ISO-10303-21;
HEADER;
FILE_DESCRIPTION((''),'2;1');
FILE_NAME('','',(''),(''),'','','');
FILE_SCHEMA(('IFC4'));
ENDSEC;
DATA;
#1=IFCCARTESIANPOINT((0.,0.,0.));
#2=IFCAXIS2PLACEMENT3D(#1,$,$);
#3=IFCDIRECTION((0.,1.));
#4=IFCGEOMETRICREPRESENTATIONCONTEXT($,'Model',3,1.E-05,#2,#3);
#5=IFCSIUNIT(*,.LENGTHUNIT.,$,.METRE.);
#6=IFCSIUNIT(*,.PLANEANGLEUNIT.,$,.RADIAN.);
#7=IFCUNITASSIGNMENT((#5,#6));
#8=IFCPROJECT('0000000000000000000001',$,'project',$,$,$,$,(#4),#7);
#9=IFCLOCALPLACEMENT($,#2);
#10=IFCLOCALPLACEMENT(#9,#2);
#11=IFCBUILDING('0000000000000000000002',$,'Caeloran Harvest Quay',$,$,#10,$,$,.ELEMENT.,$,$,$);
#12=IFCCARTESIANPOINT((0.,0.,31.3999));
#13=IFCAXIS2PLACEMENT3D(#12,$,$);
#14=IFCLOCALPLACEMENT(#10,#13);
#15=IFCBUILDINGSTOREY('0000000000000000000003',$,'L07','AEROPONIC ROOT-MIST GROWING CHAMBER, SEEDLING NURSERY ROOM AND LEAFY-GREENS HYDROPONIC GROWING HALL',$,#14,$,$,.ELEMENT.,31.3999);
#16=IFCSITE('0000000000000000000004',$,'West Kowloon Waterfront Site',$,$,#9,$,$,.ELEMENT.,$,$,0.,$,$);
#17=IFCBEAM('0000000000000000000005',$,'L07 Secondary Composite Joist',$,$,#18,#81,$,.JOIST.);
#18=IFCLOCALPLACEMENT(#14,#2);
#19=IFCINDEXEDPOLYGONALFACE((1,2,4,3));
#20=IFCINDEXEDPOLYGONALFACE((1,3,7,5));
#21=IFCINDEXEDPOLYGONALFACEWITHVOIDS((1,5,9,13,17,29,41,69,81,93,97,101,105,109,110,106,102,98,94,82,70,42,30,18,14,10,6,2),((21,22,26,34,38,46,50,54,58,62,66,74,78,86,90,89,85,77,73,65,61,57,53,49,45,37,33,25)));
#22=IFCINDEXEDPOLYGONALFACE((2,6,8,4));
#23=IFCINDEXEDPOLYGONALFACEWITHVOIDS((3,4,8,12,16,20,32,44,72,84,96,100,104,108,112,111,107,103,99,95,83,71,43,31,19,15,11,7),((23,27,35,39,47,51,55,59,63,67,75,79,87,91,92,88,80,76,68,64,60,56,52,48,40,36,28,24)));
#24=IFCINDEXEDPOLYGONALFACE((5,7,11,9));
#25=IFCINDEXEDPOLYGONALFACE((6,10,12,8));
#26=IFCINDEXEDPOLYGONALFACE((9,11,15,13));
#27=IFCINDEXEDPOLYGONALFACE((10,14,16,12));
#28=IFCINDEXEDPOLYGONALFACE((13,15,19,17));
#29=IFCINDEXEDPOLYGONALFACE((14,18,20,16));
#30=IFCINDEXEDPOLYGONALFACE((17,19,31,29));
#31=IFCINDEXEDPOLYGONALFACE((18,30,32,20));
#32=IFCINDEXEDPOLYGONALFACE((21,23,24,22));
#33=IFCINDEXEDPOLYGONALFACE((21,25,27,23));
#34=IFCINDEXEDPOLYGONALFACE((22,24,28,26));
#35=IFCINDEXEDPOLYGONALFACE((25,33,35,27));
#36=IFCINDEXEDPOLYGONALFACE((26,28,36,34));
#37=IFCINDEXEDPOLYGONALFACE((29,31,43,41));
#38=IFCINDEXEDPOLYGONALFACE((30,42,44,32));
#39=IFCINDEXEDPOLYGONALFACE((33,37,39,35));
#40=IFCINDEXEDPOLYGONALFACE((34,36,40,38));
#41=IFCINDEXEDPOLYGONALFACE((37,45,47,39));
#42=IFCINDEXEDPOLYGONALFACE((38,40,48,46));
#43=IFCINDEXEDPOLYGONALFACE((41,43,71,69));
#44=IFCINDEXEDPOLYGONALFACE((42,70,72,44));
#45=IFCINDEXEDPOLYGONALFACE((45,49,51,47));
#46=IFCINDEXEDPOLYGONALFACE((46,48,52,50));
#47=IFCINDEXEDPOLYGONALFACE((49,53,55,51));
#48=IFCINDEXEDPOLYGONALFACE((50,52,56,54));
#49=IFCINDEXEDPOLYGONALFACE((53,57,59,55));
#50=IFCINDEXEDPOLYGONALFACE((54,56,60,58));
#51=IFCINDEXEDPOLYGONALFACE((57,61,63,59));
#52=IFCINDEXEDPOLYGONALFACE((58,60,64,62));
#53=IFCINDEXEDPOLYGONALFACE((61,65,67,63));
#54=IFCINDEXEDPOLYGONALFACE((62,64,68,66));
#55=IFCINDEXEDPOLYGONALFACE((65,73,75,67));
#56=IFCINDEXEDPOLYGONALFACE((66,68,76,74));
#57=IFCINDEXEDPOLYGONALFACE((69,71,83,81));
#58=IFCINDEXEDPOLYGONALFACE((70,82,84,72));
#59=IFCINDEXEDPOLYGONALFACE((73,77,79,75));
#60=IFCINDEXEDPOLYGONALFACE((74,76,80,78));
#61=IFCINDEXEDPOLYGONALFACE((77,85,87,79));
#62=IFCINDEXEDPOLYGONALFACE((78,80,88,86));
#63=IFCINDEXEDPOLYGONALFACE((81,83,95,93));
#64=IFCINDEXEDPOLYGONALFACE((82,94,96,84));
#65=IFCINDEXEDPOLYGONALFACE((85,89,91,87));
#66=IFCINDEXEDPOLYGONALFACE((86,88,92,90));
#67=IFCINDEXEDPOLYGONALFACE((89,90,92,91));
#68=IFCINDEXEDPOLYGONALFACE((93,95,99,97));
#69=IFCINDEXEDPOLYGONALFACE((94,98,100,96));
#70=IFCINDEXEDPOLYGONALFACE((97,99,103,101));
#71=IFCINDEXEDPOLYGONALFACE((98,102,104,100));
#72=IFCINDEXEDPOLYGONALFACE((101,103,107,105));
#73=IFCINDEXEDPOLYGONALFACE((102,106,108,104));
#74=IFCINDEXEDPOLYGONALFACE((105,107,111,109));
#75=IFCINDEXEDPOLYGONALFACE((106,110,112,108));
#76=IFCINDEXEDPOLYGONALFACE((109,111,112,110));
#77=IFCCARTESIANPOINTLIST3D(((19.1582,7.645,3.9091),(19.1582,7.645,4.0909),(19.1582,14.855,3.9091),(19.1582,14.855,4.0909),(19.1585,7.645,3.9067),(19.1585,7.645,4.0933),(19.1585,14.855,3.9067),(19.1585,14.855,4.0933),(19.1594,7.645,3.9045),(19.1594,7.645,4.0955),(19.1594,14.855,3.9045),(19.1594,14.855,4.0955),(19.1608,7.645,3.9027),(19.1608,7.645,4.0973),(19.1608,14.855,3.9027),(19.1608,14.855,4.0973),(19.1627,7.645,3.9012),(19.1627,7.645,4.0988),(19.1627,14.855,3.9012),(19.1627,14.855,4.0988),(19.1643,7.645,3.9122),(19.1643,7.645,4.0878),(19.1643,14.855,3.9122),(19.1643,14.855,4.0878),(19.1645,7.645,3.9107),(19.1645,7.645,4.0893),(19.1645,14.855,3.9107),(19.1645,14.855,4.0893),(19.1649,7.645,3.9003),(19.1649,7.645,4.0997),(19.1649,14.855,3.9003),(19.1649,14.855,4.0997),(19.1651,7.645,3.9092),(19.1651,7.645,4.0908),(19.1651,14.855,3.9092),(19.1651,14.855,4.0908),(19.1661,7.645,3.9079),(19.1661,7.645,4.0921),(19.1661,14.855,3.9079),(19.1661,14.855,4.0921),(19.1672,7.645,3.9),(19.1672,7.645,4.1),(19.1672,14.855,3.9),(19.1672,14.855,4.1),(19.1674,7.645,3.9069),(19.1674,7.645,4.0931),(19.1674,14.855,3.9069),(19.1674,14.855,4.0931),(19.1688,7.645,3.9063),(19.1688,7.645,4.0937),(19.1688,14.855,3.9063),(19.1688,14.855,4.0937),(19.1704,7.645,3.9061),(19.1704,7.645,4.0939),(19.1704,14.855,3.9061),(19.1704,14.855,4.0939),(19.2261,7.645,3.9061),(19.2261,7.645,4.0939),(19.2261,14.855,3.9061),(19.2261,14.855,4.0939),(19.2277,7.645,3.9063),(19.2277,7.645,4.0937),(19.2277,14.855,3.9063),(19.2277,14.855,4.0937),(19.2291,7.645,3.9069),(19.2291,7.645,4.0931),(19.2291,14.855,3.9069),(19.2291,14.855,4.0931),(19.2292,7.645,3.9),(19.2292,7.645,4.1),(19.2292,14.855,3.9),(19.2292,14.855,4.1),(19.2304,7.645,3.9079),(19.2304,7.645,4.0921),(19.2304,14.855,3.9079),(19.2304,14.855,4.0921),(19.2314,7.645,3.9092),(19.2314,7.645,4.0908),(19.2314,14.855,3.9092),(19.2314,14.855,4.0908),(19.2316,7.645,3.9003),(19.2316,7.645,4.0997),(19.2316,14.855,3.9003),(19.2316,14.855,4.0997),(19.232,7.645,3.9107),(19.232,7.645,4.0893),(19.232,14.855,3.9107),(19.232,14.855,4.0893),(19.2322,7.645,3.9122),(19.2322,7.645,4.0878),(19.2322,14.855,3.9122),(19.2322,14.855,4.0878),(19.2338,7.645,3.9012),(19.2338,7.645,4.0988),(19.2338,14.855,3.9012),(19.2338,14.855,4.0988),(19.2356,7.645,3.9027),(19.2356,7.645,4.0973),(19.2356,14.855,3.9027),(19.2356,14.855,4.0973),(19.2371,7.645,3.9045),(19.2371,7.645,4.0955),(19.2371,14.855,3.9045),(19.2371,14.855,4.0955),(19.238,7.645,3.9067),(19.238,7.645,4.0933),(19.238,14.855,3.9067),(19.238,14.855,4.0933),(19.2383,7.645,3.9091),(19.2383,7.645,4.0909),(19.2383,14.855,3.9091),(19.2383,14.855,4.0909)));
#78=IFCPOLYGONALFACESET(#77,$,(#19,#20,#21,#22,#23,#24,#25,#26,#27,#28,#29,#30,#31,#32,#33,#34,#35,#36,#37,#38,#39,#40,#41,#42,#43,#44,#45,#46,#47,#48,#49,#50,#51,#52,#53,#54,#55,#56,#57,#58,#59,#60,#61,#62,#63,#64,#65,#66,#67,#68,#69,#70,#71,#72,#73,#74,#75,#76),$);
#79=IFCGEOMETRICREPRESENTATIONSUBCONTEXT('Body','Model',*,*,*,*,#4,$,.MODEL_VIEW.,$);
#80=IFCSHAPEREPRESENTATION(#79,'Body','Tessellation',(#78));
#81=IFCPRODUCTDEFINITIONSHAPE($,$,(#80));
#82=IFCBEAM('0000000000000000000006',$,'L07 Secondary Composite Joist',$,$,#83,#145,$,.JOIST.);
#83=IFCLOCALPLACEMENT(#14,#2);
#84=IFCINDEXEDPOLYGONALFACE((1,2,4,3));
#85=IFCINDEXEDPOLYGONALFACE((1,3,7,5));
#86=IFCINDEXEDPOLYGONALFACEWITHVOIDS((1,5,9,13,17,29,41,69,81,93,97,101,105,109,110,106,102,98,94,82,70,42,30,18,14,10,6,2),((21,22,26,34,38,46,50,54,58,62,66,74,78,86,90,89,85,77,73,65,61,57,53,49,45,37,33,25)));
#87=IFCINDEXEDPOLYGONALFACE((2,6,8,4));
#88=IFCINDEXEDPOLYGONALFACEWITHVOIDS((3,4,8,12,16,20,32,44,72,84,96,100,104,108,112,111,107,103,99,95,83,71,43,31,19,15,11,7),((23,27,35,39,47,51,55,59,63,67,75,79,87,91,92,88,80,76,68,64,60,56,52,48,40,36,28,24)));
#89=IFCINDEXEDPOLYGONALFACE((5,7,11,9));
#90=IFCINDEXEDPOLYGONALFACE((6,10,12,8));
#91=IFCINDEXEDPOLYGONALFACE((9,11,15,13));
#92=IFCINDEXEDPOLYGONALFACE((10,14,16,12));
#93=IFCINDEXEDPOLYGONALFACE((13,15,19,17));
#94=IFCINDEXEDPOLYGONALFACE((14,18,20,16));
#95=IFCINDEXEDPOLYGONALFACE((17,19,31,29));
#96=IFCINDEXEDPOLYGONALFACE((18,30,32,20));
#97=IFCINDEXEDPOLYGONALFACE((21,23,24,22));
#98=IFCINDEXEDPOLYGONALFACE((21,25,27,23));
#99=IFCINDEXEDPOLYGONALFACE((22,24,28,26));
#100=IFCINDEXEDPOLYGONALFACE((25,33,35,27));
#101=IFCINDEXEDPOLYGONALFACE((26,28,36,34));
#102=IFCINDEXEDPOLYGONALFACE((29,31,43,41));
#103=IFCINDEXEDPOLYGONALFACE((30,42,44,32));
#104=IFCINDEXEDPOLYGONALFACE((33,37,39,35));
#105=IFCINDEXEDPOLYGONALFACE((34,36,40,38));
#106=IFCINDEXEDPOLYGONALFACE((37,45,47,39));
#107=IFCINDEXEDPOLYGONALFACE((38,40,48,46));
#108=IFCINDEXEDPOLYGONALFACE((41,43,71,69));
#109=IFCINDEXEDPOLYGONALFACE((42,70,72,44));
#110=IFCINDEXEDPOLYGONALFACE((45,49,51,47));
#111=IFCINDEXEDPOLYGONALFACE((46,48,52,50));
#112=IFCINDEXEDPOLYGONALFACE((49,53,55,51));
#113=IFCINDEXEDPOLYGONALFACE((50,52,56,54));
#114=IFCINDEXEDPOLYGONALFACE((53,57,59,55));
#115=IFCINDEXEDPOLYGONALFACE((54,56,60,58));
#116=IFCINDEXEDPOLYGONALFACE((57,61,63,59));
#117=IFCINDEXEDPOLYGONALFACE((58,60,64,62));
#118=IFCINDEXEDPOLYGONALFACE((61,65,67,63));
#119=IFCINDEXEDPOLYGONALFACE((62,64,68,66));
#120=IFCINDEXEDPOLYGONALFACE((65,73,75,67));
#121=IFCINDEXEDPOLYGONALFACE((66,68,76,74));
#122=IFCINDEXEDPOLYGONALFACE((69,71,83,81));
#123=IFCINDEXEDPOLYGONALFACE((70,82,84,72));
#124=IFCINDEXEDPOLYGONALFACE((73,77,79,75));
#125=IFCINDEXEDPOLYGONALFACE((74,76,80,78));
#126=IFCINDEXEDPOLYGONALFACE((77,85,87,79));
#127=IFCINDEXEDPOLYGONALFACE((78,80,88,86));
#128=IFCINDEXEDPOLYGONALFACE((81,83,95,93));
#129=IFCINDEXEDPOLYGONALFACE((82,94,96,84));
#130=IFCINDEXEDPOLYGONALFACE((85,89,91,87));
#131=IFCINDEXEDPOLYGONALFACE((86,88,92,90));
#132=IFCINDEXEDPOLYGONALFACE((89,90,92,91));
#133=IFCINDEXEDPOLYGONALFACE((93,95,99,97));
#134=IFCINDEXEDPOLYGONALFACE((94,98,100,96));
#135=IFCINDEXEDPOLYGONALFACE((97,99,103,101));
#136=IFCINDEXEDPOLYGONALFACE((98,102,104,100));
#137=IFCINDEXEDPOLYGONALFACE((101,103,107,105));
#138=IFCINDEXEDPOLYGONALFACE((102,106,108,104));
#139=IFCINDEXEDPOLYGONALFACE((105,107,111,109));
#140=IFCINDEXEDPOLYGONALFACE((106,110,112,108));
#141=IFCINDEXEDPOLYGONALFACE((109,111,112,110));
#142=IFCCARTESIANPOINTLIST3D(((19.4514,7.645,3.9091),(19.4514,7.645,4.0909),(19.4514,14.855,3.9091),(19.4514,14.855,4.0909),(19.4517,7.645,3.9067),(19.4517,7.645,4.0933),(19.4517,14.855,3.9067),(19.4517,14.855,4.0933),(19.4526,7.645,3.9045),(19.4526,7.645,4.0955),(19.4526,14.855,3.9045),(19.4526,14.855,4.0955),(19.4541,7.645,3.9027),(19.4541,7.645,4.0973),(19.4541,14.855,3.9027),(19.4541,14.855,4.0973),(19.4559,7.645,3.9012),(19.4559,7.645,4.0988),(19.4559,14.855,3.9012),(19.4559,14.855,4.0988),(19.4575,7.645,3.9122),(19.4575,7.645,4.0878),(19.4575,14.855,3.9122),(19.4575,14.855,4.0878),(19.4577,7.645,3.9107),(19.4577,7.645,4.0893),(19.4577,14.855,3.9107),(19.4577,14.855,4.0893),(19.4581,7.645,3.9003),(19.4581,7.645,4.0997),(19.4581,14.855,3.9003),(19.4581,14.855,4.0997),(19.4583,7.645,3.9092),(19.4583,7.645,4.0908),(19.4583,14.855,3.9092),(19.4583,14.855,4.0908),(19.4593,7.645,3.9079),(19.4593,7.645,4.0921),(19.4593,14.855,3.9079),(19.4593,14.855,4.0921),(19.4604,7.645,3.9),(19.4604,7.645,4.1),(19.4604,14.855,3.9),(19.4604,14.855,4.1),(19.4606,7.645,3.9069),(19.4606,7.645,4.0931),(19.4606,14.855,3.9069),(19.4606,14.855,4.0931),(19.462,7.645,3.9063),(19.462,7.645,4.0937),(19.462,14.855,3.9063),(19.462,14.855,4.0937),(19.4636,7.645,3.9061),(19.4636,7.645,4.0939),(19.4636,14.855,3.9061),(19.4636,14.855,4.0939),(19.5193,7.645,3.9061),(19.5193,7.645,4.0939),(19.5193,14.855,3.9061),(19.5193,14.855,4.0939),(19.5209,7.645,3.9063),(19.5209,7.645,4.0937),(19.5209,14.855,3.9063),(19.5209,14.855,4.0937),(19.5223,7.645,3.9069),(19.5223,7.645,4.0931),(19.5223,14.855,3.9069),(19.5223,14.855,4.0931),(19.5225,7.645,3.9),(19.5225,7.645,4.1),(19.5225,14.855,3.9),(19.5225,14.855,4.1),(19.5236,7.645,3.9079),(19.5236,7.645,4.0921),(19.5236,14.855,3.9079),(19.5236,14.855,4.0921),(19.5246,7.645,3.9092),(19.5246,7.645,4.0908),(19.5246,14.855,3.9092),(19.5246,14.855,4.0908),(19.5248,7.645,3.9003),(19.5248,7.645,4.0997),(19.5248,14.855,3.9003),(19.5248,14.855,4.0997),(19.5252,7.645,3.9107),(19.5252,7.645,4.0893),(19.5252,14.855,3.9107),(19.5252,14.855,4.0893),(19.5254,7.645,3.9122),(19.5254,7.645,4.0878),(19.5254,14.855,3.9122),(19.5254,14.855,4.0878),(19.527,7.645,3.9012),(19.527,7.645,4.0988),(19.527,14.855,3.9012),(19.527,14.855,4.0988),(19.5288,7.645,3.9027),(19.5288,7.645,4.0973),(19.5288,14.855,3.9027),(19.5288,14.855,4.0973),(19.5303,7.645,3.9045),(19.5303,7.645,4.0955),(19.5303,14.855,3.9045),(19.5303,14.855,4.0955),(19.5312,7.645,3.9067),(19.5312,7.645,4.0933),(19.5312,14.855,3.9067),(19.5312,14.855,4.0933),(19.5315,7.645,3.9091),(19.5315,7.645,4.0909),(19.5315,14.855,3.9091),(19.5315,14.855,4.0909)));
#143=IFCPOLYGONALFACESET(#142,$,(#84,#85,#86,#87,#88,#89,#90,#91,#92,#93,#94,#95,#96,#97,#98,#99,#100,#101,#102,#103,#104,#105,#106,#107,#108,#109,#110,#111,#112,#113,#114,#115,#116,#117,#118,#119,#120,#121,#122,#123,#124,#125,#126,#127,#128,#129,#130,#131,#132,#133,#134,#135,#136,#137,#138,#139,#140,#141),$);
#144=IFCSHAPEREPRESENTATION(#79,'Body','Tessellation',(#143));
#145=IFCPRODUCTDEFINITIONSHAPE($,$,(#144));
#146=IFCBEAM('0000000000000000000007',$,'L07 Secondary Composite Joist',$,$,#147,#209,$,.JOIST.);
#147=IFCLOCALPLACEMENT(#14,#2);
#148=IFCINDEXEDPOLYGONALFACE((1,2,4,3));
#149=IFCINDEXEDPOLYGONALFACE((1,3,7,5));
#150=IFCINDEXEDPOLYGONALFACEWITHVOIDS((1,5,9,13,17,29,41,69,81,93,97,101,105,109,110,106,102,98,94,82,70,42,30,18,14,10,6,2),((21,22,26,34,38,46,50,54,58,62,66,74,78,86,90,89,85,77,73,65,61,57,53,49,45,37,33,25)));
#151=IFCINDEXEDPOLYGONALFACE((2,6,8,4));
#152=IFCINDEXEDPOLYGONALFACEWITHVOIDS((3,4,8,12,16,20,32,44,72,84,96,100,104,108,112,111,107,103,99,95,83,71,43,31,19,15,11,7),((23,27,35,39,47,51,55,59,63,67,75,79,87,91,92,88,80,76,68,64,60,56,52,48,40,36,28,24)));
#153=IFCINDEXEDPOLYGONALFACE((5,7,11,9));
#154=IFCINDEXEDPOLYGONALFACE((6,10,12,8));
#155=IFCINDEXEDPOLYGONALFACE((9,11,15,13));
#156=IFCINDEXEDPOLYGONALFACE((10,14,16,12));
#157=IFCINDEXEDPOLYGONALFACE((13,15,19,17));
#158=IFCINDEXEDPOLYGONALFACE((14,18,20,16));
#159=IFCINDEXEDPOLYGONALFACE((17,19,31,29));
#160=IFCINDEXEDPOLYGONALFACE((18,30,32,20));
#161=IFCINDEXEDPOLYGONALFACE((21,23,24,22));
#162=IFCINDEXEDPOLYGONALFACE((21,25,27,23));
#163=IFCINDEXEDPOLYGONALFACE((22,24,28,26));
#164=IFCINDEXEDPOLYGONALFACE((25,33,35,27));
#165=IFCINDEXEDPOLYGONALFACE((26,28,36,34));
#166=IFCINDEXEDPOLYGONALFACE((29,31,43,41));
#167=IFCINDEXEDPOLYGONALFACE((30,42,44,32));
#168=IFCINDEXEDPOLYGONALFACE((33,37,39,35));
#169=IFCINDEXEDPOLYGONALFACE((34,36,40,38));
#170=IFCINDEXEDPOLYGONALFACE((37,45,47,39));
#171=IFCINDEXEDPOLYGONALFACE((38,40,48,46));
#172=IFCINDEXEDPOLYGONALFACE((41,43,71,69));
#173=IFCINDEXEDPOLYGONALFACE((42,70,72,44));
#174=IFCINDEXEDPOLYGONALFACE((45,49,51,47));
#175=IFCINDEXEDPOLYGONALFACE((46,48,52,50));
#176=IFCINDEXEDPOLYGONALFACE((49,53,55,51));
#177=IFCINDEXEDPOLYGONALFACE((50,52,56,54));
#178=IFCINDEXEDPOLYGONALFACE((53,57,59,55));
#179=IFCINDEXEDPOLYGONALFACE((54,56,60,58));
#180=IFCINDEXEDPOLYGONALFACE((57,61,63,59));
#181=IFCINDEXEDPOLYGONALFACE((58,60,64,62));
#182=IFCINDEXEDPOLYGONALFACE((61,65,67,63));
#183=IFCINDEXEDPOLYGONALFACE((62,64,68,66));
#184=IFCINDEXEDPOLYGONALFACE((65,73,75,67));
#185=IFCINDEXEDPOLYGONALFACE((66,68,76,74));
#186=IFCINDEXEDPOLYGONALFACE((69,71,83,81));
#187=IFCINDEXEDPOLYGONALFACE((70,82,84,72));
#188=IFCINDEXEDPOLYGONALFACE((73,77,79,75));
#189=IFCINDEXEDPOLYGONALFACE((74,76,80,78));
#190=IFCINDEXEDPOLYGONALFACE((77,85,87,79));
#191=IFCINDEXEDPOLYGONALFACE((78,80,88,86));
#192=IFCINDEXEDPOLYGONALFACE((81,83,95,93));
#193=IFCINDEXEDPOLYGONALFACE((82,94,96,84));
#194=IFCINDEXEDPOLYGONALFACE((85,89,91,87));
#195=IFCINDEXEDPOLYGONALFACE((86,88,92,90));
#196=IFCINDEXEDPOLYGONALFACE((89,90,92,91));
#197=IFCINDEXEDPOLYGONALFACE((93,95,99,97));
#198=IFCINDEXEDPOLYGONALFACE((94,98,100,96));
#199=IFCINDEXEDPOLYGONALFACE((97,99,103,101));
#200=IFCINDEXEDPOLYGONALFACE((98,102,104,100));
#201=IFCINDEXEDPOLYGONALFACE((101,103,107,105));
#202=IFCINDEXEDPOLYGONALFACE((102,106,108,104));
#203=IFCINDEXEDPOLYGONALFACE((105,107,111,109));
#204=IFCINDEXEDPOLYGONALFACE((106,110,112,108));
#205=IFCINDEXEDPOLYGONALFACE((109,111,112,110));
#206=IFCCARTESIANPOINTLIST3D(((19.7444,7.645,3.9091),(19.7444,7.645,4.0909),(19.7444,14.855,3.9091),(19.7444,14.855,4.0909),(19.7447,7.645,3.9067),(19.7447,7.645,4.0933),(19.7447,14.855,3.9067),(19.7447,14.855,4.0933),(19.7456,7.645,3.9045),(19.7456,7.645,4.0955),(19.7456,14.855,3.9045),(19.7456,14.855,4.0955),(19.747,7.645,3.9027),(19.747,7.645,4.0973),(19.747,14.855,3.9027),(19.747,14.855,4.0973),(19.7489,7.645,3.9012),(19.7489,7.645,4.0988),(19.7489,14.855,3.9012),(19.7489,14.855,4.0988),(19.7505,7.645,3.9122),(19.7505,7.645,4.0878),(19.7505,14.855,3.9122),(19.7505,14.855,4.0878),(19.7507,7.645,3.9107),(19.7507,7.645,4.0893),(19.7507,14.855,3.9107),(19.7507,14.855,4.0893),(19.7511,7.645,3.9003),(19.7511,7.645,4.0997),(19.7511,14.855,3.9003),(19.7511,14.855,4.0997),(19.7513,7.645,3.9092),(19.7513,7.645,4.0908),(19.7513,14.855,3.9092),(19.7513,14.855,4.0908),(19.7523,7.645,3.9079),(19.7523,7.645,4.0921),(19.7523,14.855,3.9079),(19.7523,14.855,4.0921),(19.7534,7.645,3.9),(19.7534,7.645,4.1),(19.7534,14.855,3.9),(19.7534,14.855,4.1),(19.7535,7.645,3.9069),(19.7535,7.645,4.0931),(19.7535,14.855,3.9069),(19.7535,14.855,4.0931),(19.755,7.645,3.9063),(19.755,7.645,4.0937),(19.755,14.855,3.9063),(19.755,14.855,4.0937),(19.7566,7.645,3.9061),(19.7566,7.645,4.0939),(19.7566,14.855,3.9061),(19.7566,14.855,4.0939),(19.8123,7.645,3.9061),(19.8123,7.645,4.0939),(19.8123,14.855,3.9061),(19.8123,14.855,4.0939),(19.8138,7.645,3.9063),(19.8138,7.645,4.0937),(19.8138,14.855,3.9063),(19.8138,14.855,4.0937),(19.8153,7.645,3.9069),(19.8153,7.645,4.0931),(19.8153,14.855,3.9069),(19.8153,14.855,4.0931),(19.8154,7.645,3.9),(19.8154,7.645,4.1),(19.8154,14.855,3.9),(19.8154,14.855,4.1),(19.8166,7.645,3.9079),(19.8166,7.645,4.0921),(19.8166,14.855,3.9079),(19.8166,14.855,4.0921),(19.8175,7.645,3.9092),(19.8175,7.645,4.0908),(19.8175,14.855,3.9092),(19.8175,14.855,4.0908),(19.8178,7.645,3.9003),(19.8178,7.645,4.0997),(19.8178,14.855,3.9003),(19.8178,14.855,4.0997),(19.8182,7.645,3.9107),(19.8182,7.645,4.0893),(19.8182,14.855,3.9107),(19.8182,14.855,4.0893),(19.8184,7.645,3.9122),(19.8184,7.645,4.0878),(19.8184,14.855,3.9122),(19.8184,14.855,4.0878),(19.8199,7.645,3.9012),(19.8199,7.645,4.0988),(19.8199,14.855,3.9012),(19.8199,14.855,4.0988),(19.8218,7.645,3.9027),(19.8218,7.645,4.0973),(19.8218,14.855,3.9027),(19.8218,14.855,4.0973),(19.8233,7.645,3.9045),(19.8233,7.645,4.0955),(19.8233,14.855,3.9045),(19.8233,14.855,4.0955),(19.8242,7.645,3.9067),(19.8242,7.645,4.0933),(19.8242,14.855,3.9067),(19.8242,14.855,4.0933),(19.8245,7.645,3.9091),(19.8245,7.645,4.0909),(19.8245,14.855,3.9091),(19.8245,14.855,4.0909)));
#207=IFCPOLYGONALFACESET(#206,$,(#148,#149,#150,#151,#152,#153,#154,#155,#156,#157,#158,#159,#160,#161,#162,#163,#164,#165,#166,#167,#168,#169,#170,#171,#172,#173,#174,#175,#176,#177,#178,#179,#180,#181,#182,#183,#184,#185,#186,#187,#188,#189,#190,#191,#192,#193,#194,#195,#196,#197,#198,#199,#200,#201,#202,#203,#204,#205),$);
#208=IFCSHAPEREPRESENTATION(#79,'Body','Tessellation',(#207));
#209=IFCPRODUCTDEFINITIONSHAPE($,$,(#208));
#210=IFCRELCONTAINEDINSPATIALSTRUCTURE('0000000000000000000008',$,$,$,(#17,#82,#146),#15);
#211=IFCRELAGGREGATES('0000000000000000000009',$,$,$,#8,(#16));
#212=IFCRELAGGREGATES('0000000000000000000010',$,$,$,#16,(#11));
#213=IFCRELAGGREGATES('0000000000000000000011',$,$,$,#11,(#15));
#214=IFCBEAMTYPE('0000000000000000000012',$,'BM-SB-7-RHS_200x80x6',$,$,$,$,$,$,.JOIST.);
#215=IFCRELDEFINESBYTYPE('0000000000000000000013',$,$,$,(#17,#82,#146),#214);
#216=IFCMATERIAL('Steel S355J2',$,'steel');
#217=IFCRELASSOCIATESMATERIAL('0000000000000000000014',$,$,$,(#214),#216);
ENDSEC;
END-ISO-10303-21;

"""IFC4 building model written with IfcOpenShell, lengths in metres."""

from ifc_helpers import new_model, si_unit, direction, frame, origin, origin_2d, place, context, subcontext, project, spatial, hollow_rectangle, extrude, material, material_profile, profile_set, type_object, element, save


model = new_model("IFC4")

# Units and contexts
model_context = context("Model", 3, precision=1e-05, world=origin(), true_north=direction((0.0, 1.0)))
body_context = subcontext(model_context, "Body", "Model", "MODEL_VIEW")
ifc_project = project(units=[si_unit("LENGTHUNIT", "METRE"), si_unit("PLANEANGLEUNIT", "RADIAN")], contexts=[model_context])

# Site, building, storey
site_placement = place(None, origin())
site = spatial("IfcSite", under=ifc_project, at=site_placement, Name="West Kowloon Waterfront Site", CompositionType="ELEMENT", RefElevation=0.0)
building_placement = place(site_placement, origin())
building = spatial("IfcBuilding", under=site, at=building_placement, Name="Caeloran Harvest Quay", CompositionType="ELEMENT")
storey_placement = place(building_placement, frame((0.0, 0.0, 31.3999)))
storey = spatial("IfcBuildingStorey", under=building, at=storey_placement, Name="L07", Description="AEROPONIC ROOT-MIST GROWING CHAMBER, SEEDLING NURSERY ROOM AND LEAFY-GREENS HYDROPONIC GROWING HALL", CompositionType="ELEMENT", Elevation=31.3999)

# Beams
ifc_material = material(Name="Steel S355J2", Category="steel")
ifc_material_profile_1 = material_profile(ifc_material, hollow_rectangle(XDim=0.0801, YDim=0.2, WallThickness=0.0061, InnerFilletRadius=0.0061, OuterFilletRadius=0.009, at=origin_2d()), Name="RHS 200x80x6")
ifc_profile_set_1 = profile_set([ifc_material_profile_1], Name="Steel S355J2")
beam_type_1 = type_object("IfcBeamType", Name="BM-SB-7-RHS_200x80x6", PredefinedType="JOIST", material=ifc_profile_set_1)
for number, where, z_axis, x_axis, name in (
    (1, (19.1982, 7.645, 4.0), (0.0, 1.0, 0.0), (-1.0, 0.0, 0.0), "L07 Secondary Composite Joist"),
    (2, (19.4915, 7.645, 4.0), (0.0, 1.0, 0.0), (-1.0, 0.0, 0.0), "L07 Secondary Composite Joist"),
    (3, (19.7844, 7.645, 4.0), (0.0, 1.0, 0.0), (-1.0, 0.0, 0.0), "L07 Secondary Composite Joist"),
):
    element("IfcBeam", number, at=place(storey_placement, frame(where, z_axis=z_axis, x_axis=x_axis)), inside=storey, type_object=beam_type_1, Name=name, PredefinedType="JOIST", context=body_context, shape_type="SweptSolid", body=[
        extrude(hollow_rectangle(XDim=0.0801, YDim=0.2, WallThickness=0.0061, InnerFilletRadius=0.0061, OuterFilletRadius=0.009, at=origin_2d()), origin(), (0.0, 0.0, 1.0), 7.21),
    ])

save(model, "model.ifc")
